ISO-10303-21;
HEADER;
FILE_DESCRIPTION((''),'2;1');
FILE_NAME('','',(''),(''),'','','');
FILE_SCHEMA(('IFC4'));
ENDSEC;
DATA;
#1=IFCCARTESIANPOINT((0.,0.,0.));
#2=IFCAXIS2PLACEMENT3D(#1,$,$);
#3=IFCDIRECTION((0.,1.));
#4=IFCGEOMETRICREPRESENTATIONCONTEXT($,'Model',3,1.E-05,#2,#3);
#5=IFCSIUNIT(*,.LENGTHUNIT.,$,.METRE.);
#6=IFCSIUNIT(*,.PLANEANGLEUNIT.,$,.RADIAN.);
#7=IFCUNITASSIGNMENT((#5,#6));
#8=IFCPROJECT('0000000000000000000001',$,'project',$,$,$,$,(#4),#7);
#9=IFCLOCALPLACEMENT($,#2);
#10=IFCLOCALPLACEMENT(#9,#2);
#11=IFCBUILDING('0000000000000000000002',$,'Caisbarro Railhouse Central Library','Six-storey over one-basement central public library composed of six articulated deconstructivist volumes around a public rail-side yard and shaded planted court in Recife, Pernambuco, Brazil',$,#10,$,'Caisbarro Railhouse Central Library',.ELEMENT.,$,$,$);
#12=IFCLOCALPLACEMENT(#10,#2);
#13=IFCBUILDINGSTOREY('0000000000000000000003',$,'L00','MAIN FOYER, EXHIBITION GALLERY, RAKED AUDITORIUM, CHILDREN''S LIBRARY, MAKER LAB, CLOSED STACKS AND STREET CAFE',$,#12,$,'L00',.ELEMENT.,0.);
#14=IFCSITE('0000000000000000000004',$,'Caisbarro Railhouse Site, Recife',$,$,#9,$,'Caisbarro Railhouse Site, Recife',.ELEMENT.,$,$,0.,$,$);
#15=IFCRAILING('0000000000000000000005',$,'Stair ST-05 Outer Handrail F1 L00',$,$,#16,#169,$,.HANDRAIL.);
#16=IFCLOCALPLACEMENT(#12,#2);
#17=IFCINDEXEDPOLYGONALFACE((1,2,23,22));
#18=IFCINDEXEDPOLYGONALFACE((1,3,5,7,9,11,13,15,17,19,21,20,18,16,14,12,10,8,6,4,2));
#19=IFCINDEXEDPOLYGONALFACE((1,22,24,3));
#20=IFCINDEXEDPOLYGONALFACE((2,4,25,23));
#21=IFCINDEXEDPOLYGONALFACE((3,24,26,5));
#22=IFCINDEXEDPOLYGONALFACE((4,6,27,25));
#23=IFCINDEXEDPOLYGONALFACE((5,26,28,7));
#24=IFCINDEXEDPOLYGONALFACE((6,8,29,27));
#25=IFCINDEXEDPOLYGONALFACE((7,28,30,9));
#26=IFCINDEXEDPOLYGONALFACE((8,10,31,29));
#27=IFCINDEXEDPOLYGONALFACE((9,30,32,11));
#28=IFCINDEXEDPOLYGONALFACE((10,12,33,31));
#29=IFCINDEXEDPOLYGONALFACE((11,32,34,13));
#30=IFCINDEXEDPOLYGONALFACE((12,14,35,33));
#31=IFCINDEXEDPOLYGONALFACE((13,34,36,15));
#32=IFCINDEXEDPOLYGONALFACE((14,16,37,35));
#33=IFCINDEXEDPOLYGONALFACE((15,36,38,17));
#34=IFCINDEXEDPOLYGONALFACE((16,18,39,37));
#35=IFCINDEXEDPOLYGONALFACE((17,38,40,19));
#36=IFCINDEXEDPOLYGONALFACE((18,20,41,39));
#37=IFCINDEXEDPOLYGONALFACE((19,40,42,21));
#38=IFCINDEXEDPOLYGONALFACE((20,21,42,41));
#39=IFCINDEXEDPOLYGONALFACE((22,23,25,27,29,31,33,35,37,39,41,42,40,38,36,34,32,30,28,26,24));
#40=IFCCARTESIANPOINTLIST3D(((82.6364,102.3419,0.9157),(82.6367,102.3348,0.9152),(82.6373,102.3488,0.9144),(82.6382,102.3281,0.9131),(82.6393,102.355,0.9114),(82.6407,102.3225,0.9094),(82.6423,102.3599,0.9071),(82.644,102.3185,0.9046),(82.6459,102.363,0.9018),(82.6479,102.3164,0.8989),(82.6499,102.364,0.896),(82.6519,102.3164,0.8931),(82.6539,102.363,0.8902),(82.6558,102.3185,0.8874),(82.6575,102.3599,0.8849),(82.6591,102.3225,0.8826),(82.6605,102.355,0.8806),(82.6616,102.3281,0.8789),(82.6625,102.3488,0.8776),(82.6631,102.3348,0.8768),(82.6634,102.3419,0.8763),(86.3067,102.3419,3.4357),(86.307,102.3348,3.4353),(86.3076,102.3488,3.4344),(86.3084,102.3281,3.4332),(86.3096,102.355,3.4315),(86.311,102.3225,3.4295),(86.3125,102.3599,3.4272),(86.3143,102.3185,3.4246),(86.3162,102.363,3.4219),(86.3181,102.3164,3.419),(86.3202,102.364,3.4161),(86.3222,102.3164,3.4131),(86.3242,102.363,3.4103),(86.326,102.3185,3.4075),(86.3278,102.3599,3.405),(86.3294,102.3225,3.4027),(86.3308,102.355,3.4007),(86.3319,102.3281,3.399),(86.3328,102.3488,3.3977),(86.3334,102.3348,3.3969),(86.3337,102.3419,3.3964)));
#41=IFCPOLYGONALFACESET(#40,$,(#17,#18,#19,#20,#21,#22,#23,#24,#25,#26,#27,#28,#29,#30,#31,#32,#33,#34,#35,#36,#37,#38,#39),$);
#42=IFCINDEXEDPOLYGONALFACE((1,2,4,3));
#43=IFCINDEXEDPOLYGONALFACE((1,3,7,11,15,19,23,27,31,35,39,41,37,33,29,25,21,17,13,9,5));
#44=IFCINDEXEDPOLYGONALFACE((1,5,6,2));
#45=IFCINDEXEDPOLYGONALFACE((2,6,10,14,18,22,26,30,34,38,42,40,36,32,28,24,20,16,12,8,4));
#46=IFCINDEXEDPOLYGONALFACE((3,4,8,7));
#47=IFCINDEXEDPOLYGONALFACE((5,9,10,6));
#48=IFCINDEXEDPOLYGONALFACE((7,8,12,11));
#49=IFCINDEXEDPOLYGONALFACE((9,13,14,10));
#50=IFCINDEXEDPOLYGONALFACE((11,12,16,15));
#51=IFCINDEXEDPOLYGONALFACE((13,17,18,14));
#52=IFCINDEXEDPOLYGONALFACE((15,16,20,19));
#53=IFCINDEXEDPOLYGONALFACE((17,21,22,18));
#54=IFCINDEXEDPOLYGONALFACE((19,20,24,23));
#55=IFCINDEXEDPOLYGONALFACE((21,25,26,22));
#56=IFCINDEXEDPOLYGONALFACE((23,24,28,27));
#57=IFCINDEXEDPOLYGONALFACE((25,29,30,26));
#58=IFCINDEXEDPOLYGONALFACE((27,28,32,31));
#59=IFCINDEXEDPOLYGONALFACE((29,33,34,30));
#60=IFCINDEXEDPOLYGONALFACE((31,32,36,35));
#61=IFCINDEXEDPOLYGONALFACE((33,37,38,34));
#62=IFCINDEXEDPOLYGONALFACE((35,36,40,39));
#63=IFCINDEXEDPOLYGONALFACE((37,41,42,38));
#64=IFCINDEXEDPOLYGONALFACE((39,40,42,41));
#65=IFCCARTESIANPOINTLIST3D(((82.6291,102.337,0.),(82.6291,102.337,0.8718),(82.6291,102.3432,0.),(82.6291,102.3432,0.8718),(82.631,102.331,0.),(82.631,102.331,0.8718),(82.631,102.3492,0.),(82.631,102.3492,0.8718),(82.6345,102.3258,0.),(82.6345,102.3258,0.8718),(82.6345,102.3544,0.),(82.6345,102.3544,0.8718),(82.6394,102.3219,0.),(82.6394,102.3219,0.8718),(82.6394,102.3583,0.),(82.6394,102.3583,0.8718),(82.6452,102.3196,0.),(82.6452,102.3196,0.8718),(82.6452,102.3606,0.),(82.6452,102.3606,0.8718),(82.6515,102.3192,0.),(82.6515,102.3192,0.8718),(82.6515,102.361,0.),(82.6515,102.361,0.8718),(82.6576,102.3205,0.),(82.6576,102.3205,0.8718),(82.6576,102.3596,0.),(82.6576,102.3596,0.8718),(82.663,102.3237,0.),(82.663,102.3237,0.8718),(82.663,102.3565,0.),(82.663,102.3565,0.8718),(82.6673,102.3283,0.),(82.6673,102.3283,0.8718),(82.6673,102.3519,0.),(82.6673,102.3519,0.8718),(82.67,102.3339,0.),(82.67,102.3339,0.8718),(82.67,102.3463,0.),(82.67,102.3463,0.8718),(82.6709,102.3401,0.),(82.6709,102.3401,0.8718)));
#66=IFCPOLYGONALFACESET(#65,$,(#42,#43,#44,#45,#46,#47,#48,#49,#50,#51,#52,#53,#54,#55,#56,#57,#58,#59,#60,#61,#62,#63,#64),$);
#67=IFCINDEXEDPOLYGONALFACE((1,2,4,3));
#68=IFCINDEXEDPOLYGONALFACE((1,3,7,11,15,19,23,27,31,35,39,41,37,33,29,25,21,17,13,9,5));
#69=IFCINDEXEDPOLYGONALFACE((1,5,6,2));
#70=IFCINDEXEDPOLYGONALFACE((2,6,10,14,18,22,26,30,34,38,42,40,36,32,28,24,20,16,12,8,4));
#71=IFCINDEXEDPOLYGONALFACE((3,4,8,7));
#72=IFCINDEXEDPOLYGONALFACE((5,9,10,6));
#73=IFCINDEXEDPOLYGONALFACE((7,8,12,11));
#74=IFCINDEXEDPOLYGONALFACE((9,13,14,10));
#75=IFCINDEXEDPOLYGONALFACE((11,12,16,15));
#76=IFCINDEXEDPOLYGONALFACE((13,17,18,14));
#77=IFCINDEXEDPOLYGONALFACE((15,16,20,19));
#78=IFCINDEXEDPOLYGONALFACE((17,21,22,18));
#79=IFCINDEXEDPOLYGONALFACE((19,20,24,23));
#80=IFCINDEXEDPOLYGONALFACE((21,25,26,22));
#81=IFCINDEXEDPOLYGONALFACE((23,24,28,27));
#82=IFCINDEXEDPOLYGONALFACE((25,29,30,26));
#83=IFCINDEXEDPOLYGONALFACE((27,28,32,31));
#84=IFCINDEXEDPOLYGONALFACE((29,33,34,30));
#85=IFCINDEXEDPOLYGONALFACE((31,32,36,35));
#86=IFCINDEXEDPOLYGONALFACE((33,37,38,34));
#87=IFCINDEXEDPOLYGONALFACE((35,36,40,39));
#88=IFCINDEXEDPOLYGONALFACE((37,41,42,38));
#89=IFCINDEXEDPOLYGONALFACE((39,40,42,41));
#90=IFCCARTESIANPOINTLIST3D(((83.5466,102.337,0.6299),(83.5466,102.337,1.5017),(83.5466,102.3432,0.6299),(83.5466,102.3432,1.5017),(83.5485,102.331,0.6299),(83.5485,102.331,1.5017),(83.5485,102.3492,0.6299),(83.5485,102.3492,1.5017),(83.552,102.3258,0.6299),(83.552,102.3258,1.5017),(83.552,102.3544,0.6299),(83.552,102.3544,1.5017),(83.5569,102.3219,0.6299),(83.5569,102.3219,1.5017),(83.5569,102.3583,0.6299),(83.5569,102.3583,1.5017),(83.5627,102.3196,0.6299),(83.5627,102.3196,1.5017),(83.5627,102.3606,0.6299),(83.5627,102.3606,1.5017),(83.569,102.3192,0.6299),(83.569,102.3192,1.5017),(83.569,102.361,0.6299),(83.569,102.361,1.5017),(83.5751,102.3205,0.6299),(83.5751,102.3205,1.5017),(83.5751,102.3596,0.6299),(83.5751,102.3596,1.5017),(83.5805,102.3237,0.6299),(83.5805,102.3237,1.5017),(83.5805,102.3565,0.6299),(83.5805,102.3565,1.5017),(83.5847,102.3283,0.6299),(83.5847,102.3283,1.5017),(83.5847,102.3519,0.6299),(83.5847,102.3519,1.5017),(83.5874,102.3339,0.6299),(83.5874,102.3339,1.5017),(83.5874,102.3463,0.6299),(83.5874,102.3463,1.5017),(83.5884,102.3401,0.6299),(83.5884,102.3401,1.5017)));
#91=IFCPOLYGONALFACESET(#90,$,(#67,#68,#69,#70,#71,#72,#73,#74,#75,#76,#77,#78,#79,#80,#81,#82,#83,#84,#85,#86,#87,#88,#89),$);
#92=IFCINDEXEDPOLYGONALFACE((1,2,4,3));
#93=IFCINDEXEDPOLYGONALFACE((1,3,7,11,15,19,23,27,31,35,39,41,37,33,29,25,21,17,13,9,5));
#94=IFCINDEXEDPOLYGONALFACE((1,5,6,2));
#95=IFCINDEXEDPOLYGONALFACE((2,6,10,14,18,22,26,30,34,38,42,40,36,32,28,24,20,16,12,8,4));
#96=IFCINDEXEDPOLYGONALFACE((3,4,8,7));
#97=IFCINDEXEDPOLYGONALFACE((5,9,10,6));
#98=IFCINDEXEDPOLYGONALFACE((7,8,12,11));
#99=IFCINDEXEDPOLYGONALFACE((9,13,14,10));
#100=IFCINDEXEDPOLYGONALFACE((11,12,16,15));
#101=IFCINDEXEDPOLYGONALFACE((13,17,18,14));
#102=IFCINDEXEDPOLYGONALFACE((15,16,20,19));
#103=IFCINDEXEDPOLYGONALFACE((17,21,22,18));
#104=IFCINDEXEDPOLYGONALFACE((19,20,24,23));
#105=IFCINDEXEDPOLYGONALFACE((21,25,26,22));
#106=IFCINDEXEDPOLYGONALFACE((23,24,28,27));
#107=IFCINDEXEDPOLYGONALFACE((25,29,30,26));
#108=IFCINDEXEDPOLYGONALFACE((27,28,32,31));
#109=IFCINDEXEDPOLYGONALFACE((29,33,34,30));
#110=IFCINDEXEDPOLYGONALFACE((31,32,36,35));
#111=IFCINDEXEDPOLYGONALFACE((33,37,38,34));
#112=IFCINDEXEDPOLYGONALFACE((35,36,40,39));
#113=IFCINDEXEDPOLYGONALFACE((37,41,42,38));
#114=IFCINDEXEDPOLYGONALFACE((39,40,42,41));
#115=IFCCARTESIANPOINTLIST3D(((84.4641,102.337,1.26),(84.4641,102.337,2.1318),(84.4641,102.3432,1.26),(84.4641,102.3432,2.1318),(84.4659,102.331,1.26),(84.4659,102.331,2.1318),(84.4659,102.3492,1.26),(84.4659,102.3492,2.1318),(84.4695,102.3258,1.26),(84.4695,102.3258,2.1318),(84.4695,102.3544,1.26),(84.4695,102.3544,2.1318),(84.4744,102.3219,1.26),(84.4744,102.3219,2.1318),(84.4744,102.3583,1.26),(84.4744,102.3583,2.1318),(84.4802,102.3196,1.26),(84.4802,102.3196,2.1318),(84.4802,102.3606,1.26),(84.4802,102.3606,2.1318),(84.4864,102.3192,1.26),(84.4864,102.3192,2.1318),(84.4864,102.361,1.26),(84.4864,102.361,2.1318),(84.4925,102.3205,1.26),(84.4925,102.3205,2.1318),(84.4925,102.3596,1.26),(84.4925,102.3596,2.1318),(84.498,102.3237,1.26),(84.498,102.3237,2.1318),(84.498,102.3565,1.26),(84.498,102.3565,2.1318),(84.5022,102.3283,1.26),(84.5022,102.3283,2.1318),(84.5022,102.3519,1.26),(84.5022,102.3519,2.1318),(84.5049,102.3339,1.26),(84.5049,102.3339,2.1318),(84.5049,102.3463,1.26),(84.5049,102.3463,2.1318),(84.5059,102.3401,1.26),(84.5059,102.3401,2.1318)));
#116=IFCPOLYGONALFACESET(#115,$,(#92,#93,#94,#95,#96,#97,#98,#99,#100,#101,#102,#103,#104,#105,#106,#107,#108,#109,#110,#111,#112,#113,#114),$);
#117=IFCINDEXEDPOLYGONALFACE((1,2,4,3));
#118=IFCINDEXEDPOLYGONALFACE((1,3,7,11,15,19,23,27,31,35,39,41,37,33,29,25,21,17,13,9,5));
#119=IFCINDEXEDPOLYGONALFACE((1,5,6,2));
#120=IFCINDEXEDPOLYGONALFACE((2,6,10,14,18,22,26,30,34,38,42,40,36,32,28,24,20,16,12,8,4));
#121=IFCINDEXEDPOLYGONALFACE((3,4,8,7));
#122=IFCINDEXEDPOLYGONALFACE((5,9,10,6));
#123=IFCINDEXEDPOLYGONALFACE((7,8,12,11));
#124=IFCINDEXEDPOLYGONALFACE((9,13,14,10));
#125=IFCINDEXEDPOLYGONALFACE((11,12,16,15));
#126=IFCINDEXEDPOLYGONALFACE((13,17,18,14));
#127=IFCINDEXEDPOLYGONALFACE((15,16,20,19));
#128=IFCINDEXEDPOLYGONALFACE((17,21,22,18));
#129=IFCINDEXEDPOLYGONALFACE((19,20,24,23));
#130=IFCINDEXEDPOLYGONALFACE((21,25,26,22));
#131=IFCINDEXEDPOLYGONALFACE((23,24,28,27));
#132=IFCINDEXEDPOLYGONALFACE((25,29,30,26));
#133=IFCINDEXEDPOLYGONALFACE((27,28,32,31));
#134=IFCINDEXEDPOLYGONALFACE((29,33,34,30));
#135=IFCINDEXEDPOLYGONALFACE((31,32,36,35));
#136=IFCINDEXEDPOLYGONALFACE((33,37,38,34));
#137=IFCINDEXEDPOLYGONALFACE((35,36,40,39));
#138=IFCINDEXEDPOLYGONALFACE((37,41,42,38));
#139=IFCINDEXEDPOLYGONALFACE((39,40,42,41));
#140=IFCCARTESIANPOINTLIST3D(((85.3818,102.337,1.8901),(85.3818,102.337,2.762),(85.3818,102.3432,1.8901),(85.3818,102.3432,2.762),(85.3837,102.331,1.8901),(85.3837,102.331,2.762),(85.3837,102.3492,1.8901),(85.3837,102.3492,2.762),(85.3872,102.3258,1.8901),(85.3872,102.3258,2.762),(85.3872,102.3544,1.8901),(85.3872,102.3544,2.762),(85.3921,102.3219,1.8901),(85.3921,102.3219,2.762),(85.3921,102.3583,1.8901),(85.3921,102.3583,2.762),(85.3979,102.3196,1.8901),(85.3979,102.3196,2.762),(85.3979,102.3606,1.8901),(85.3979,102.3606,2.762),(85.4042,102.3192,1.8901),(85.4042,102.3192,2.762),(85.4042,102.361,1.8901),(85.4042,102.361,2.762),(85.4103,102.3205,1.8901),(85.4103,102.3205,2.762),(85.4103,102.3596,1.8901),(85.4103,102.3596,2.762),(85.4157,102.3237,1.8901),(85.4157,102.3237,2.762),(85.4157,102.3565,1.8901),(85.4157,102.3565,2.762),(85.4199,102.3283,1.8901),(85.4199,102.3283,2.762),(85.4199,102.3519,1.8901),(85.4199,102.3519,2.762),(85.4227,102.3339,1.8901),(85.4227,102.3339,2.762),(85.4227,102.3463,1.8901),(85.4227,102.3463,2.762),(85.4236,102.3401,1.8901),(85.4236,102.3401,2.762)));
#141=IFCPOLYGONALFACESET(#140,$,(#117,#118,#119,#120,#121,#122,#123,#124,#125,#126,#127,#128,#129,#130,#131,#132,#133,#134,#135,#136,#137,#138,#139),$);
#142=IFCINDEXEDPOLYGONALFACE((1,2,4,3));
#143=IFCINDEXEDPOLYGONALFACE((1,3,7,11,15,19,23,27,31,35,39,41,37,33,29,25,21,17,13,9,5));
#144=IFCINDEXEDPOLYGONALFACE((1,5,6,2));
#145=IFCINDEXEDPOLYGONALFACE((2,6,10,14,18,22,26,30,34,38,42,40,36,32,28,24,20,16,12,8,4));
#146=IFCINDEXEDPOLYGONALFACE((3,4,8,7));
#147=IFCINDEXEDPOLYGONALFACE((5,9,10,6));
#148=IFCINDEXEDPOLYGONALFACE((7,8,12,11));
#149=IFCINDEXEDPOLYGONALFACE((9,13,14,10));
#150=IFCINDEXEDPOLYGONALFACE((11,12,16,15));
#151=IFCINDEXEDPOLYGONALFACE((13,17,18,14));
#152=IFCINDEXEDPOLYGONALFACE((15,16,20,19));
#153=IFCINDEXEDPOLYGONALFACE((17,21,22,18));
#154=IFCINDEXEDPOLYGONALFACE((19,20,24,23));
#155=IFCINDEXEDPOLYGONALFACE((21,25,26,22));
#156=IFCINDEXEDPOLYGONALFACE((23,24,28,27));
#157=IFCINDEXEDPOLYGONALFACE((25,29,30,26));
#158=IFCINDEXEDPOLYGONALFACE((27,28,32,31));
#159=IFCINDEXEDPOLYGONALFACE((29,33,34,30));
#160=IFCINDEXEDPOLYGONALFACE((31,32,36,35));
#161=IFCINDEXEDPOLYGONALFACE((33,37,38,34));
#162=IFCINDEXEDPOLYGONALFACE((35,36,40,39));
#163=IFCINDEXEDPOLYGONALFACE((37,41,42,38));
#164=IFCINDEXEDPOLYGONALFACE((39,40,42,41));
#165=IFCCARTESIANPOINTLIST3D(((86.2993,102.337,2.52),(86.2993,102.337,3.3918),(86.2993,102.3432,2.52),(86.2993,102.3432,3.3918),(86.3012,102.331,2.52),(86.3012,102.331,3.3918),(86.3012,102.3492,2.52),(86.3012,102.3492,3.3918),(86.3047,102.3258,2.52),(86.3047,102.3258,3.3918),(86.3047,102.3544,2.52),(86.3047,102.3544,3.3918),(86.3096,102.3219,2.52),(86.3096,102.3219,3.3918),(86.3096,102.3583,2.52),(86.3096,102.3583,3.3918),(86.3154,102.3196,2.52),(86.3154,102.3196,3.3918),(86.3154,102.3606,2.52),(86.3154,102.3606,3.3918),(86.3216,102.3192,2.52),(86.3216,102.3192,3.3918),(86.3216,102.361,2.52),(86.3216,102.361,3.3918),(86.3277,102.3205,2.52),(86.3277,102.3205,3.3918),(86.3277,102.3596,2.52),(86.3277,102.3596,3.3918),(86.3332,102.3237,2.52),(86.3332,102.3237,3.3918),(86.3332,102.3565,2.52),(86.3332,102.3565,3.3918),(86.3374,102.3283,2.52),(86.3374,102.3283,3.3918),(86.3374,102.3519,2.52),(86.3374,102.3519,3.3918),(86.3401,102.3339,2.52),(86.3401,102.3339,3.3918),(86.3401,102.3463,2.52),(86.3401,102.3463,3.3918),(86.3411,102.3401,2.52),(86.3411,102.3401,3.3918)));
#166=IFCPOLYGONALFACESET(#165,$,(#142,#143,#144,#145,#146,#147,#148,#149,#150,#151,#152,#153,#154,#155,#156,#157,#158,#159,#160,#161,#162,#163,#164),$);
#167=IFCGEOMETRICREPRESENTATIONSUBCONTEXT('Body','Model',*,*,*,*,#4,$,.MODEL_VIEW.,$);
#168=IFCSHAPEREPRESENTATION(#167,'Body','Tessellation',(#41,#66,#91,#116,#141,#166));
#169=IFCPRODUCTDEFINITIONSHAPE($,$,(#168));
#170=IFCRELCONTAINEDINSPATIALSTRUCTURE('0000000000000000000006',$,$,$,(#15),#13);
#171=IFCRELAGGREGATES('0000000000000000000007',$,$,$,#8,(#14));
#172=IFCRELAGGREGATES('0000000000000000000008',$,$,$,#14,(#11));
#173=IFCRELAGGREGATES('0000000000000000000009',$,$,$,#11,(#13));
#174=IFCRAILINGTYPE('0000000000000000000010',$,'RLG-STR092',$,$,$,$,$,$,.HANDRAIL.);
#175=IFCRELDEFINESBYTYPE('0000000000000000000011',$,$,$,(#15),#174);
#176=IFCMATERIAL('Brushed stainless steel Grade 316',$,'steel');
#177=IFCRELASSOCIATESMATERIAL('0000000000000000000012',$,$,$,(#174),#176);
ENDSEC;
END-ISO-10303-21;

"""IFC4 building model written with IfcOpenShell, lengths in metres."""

from ifc_helpers import new_model, si_unit, direction, frame, origin, origin_2d, place, context, subcontext, project, spatial, circle, extrude, material, type_object, element, save


model = new_model("IFC4")

# Units and contexts
model_context = context("Model", 3, precision=1e-05, world=origin(), true_north=direction((0.0, 1.0)))
body_context = subcontext(model_context, "Body", "Model", "MODEL_VIEW")
ifc_project = project(units=[si_unit("LENGTHUNIT", "METRE"), si_unit("PLANEANGLEUNIT", "RADIAN")], contexts=[model_context])

# Site, building, storey
site_placement = place(None, origin())
site = spatial("IfcSite", under=ifc_project, at=site_placement, Name="Caisbarro Railhouse Site, Recife", LongName="Caisbarro Railhouse Site, Recife", CompositionType="ELEMENT", RefElevation=0.0)
building_placement = place(site_placement, origin())
building = spatial("IfcBuilding", under=site, at=building_placement, Name="Caisbarro Railhouse Central Library", Description="Six-storey over one-basement central public library composed of six articulated deconstructivist volumes around a public rail-side yard and shaded planted court in Recife, Pernambuco, Brazil", LongName="Caisbarro Railhouse Central Library", CompositionType="ELEMENT")
storey_placement = place(building_placement, origin())
storey = spatial("IfcBuildingStorey", under=building, at=storey_placement, Name="L00", Description="MAIN FOYER, EXHIBITION GALLERY, RAKED AUDITORIUM, CHILDREN'S LIBRARY, MAKER LAB, CLOSED STACKS AND STREET CAFE", LongName="L00", CompositionType="ELEMENT", Elevation=0.0)

# Railing
ifc_material_1 = material(Name="Brushed stainless steel Grade 316", Category="steel")
railing_type_1 = type_object("IfcRailingType", Name="RLG-STR092", PredefinedType="HANDRAIL", material=ifc_material_1)
railing_1_placement = place(storey_placement, frame((82.6499, 102.3401, 0.0)))
element("IfcRailing", 1, at=railing_1_placement, inside=storey, type_object=railing_type_1, Name="Stair ST-05 Outer Handrail F1 L00", PredefinedType="HANDRAIL", context=body_context, shape_type="SweptSolid", body=[
    extrude(circle(Radius=0.0239, at=origin_2d()), frame((0.0, 0.0, 0.896), z_axis=(0.824379, 0.0, 0.566038), x_axis=(0.0, 1.0, 0.0)), (0.0, 0.0, 1.0), 4.4521),
    extrude(circle(Radius=0.021, at=origin_2d()), origin(), (0.0, 0.0, 1.0), 0.8718),
    extrude(circle(Radius=0.021, at=origin_2d()), frame((0.9175, 0.0, 0.6299)), (0.0, 0.0, 1.0), 0.8718),
    extrude(circle(Radius=0.021, at=origin_2d()), frame((1.835, 0.0, 1.26)), (0.0, 0.0, 1.0), 0.8718),
    extrude(circle(Radius=0.021, at=origin_2d()), frame((2.7527, 0.0, 1.8901)), (0.0, 0.0, 1.0), 0.8718),
    extrude(circle(Radius=0.021, at=origin_2d()), frame((3.6702, 0.0, 2.52)), (0.0, 0.0, 1.0), 0.8718),
])

save(model, "model.ifc")
